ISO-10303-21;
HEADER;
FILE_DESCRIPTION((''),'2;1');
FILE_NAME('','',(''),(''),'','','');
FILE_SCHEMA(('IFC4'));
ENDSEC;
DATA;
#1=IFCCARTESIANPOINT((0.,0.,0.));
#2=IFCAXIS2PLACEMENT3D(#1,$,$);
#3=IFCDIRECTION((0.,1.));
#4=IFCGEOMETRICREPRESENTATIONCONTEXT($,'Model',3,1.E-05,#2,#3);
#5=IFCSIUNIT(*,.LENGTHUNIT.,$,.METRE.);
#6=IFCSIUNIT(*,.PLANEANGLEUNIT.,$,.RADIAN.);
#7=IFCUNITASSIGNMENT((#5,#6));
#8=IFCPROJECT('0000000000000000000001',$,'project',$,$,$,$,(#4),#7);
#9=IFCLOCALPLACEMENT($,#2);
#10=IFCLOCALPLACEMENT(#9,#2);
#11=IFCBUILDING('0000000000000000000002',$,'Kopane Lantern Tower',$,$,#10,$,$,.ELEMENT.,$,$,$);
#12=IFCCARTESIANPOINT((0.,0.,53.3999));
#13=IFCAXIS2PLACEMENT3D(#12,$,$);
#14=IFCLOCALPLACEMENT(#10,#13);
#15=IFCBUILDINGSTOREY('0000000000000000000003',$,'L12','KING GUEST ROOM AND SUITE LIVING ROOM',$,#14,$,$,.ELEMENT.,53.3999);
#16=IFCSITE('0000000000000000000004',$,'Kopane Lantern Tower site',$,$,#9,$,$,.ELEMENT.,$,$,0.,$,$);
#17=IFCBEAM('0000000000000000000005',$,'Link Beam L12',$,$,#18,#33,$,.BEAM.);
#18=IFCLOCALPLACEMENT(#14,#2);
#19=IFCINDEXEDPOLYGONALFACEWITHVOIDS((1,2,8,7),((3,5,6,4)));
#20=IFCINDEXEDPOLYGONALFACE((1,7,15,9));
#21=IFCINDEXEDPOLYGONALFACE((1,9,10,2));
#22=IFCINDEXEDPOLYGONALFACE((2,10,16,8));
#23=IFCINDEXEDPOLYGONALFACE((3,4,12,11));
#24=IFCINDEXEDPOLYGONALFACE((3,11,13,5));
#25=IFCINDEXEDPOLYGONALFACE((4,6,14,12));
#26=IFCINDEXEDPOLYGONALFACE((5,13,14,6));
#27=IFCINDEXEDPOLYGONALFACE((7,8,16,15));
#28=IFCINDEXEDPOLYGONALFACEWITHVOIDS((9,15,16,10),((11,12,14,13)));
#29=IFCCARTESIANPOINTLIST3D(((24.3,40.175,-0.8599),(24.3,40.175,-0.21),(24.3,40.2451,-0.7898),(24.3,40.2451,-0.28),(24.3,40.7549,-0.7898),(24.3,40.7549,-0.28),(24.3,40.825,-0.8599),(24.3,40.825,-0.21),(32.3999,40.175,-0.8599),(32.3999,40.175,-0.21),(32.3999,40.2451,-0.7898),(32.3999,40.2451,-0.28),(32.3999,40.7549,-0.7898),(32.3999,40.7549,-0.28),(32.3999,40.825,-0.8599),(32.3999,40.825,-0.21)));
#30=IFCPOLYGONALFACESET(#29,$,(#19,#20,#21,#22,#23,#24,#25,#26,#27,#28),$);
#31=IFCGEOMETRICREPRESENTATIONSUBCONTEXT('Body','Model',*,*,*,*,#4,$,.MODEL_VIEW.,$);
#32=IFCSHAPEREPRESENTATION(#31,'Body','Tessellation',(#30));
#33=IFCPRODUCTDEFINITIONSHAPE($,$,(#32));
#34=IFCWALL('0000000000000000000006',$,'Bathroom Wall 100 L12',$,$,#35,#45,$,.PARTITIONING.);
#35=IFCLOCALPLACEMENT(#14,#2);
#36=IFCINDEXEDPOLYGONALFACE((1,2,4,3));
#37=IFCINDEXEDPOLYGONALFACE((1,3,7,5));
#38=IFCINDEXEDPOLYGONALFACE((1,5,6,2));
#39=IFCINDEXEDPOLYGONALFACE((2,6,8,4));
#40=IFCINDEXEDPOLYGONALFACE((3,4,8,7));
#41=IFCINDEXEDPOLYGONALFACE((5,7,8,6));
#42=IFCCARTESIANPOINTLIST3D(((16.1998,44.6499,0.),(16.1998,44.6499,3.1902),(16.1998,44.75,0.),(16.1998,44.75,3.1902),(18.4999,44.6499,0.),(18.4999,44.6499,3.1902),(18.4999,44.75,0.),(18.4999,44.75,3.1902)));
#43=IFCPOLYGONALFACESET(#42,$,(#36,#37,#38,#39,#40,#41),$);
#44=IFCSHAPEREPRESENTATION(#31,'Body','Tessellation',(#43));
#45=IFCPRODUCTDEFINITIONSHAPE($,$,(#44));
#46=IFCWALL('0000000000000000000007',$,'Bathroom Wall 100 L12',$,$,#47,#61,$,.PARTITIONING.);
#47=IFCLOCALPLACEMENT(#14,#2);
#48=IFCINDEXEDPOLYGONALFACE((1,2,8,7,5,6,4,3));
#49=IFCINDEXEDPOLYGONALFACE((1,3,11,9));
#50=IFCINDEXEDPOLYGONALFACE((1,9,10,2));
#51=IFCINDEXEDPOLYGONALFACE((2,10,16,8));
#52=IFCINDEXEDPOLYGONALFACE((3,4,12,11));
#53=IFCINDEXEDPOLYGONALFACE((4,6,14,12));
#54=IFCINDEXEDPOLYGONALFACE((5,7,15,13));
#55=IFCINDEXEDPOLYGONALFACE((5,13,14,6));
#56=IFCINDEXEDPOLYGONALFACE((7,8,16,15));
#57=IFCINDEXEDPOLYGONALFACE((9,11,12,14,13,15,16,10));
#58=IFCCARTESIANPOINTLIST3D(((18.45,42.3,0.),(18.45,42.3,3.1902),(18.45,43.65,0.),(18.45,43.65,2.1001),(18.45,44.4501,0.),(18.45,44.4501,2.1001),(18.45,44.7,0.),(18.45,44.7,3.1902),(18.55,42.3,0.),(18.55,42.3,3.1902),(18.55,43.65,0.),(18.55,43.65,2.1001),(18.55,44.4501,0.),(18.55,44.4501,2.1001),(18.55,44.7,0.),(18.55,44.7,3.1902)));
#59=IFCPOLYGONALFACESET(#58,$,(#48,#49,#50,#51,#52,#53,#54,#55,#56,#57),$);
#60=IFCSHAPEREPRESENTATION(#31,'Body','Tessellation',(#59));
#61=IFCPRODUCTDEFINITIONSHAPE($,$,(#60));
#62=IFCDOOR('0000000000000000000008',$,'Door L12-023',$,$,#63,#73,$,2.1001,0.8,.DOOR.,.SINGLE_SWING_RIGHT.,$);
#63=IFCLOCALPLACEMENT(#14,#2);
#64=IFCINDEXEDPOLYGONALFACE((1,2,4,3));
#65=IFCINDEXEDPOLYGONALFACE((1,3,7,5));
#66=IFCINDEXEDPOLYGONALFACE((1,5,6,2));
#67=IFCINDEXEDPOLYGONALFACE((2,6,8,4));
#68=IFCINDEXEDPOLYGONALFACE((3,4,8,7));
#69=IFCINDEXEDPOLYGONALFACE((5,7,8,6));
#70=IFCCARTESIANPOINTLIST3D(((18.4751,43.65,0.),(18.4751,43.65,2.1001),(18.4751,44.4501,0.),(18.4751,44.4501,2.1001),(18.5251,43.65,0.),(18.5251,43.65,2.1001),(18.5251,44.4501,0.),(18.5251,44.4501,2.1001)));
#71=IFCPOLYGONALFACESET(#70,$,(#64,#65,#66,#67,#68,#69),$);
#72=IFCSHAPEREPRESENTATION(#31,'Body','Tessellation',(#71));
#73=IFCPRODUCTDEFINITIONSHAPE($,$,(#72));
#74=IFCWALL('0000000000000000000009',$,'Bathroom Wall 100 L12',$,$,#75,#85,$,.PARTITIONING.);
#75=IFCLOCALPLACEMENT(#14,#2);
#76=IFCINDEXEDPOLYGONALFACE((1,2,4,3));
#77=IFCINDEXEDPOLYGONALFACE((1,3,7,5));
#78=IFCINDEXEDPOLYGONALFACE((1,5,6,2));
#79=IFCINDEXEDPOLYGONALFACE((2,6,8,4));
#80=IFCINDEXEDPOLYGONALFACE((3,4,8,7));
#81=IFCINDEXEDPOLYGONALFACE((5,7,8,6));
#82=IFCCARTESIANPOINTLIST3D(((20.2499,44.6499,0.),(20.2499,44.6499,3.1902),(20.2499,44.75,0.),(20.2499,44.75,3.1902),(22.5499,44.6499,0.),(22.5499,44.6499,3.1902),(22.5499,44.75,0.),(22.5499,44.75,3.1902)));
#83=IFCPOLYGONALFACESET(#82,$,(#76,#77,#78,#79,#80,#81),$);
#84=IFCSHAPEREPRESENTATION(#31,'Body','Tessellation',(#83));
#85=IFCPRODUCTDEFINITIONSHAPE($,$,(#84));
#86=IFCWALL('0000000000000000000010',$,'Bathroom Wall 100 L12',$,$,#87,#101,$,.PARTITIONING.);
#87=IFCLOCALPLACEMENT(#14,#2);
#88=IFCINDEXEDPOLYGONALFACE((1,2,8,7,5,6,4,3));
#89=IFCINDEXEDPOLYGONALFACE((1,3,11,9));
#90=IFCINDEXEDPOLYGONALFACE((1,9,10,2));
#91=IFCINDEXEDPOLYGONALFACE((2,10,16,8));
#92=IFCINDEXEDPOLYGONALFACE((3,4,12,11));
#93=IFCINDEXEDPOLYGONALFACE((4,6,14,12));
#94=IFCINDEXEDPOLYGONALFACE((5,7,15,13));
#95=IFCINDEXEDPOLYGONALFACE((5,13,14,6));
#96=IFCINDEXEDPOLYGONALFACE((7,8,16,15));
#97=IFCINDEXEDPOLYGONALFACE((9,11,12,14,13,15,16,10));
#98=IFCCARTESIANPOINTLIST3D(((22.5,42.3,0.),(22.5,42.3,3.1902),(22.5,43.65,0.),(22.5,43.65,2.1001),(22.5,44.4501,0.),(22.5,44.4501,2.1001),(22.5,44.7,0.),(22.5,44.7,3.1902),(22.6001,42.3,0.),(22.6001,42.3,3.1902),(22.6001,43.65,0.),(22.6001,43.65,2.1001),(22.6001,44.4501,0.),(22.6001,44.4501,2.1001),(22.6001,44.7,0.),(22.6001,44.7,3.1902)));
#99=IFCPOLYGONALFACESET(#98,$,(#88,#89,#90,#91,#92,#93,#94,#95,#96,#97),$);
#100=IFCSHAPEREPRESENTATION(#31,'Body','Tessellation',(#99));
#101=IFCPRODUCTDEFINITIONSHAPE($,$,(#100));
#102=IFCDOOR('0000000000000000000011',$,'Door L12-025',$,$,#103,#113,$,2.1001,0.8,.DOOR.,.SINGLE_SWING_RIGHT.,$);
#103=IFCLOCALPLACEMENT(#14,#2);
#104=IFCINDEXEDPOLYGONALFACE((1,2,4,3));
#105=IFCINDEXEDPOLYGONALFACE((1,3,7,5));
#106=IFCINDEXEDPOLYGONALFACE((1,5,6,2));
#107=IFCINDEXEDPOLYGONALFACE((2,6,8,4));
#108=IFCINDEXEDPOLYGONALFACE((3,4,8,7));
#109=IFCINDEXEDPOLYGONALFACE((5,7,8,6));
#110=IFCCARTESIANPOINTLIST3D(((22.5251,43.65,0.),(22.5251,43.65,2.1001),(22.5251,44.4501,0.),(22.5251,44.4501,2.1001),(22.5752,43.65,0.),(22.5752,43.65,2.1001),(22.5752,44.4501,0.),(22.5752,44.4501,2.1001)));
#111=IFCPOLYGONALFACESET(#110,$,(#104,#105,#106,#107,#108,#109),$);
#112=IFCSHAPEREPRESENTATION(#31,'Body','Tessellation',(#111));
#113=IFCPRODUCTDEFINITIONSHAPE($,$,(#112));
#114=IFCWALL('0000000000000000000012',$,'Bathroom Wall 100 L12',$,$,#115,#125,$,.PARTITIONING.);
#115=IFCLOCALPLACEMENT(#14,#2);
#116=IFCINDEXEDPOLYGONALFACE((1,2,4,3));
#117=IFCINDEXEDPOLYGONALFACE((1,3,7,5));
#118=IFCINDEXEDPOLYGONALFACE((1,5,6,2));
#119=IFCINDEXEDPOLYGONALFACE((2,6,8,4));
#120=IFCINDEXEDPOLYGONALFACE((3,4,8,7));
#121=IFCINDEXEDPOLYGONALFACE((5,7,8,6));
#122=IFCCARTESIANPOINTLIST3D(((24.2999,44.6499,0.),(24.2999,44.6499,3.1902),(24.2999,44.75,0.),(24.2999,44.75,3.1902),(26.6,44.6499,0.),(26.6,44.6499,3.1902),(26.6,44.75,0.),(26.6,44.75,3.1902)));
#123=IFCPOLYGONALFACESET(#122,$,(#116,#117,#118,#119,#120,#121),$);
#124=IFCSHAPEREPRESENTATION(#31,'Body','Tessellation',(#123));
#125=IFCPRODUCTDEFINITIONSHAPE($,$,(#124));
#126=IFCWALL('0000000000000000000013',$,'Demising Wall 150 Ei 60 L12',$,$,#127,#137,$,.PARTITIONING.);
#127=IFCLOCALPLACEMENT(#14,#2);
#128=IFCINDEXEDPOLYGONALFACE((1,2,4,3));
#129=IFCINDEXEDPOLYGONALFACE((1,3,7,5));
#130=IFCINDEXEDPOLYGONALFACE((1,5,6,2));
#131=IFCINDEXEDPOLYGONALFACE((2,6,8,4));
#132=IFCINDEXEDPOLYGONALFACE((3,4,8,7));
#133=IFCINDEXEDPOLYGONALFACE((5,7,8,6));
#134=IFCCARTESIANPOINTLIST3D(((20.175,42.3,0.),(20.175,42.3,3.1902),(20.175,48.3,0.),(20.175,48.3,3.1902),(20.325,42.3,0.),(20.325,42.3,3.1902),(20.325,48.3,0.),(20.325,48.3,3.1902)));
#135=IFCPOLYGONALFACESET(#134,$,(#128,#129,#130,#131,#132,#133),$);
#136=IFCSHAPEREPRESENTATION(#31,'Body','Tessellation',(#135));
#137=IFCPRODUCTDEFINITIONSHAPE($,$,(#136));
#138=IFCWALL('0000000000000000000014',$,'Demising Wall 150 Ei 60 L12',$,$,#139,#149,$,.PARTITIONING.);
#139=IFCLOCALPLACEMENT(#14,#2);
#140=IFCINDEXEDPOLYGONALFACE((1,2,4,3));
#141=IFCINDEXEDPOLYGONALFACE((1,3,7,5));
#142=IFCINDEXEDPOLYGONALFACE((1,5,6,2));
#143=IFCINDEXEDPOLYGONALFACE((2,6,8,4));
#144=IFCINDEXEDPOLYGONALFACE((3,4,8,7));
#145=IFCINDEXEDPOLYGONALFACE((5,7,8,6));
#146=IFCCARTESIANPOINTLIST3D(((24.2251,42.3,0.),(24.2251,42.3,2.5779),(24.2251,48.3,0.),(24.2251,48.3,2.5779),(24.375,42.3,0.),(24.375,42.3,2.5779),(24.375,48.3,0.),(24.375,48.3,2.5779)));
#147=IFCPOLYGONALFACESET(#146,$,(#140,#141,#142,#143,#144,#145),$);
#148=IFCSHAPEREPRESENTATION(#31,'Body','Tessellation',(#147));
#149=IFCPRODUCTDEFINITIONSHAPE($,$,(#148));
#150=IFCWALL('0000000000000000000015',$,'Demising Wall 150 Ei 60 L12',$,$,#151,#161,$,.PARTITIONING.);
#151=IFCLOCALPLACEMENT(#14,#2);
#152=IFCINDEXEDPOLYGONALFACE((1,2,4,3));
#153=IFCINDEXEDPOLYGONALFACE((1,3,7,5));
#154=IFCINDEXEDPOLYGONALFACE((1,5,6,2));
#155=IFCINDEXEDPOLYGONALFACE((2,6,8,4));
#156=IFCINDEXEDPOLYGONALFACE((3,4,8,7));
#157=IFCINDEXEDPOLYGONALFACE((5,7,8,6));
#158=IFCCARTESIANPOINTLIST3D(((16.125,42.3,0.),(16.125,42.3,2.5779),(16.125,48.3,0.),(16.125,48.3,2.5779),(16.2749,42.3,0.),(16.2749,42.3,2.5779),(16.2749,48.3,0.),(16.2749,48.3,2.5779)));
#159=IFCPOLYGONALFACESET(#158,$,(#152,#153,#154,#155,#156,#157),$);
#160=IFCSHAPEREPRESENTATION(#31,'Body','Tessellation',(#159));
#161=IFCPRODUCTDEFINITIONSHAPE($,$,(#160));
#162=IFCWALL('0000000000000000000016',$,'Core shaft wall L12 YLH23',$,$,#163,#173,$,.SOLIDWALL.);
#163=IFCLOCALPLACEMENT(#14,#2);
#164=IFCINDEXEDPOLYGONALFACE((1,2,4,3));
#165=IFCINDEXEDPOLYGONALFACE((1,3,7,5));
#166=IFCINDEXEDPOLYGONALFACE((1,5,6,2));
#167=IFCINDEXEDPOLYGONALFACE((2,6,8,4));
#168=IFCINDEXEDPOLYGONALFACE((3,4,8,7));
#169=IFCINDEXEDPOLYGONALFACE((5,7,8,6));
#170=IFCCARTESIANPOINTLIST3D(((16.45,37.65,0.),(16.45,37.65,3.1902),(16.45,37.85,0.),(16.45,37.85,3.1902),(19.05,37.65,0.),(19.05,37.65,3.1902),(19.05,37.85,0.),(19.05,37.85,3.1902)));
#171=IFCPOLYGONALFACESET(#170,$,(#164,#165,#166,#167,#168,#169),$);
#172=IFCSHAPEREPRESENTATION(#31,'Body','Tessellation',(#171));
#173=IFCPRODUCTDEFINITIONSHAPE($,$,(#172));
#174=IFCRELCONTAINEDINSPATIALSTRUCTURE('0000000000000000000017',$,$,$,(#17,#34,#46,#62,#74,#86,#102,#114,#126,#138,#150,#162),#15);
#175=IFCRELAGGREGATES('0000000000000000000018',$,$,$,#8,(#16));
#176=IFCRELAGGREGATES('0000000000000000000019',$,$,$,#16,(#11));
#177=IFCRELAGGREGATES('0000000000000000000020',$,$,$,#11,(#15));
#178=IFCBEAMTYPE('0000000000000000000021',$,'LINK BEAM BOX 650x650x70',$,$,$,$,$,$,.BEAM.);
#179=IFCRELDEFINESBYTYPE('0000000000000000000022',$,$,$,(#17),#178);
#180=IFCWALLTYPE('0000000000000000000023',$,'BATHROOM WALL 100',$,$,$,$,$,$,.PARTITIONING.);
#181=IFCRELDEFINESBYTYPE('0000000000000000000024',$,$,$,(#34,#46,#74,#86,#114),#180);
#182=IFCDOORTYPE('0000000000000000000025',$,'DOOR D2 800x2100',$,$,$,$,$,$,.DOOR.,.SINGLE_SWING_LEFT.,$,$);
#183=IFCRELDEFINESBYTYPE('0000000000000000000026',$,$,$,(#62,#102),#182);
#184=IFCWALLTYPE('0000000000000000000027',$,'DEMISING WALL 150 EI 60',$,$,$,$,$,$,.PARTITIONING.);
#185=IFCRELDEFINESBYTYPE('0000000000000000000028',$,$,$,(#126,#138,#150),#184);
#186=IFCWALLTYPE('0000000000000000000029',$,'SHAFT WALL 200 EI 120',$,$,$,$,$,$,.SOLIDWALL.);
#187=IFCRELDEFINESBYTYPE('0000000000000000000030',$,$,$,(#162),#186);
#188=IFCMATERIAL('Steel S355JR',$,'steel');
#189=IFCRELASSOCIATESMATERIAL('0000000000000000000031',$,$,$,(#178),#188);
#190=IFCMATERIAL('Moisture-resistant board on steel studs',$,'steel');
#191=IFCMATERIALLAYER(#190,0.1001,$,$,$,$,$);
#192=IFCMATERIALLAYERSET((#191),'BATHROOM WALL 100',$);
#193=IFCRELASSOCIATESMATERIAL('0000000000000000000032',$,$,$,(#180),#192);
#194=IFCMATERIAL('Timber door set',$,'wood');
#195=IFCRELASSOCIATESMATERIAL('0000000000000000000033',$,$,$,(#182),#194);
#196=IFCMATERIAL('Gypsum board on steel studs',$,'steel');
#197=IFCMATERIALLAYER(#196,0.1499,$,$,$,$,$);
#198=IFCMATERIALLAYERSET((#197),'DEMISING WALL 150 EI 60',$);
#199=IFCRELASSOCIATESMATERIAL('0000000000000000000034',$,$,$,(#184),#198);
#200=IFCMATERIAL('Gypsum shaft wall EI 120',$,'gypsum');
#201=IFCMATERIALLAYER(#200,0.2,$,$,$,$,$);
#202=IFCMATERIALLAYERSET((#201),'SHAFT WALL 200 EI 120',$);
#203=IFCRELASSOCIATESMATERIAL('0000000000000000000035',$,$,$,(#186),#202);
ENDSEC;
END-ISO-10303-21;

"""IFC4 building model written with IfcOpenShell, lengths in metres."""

from ifc_helpers import new_model, si_unit, direction, frame, frame_2d, origin, origin_2d, place, context, subcontext, project, spatial, rectangle, hollow_rectangle, extrude, material, layer, layer_set, material_profile, profile_set, type_object, element, fill, save


model = new_model("IFC4")

# Units and contexts
model_context = context("Model", 3, precision=1e-05, world=origin(), true_north=direction((0.0, 1.0)))
body_context = subcontext(model_context, "Body", "Model", "MODEL_VIEW")
ifc_project = project(units=[si_unit("LENGTHUNIT", "METRE"), si_unit("PLANEANGLEUNIT", "RADIAN")], contexts=[model_context])

# Site, building, storey
site_placement = place(None, origin())
site = spatial("IfcSite", under=ifc_project, at=site_placement, Name="Kopane Lantern Tower site", CompositionType="ELEMENT", RefElevation=0.0)
building_placement = place(site_placement, origin())
building = spatial("IfcBuilding", under=site, at=building_placement, Name="Kopane Lantern Tower", CompositionType="ELEMENT")
storey_placement = place(building_placement, frame((0.0, 0.0, 53.3999)))
storey = spatial("IfcBuildingStorey", under=building, at=storey_placement, Name="L12", Description="KING GUEST ROOM AND SUITE LIVING ROOM", CompositionType="ELEMENT", Elevation=53.3999)

# Beam
ifc_material_1 = material(Name="Steel S355JR", Category="steel")
ifc_material_profile_1 = material_profile(ifc_material_1, hollow_rectangle(XDim=0.6499, YDim=0.6499, WallThickness=0.0701, at=origin_2d()), Name="BOX 650x650x70")
ifc_profile_set_1 = profile_set([ifc_material_profile_1], Name="Steel S355JR")
beam_type_1 = type_object("IfcBeamType", Name="LINK BEAM BOX 650x650x70", PredefinedType="BEAM", material=ifc_profile_set_1)
beam_1_placement = place(storey_placement, frame((24.3, 40.5, -0.5349), z_axis=(1.0, 0.0, 0.0), x_axis=(0.0, 1.0, 0.0)))
element("IfcBeam", 1, at=beam_1_placement, inside=storey, type_object=beam_type_1, Name="Link Beam L12", PredefinedType="BEAM", context=body_context, shape_type="SweptSolid", body=[
    extrude(hollow_rectangle(XDim=0.6499, YDim=0.6499, WallThickness=0.0701, at=origin_2d()), origin(), (0.0, 0.0, 1.0), 8.0999),
])

# Wall
ifc_material_2 = material(Name="Moisture-resistant board on steel studs", Category="steel")
ifc_layer_1 = layer(ifc_material_2, 0.1001)
ifc_layer_set_1 = layer_set([ifc_layer_1], Name="BATHROOM WALL 100")
wall_type_1 = type_object("IfcWallType", Name="BATHROOM WALL 100", PredefinedType="PARTITIONING", material=ifc_layer_set_1)
wall_1_placement = place(storey_placement, frame((16.2, 44.7, 0.0), z_axis=(0.0, 0.0, 1.0), x_axis=(1.0, 0.0, 0.0)))
element("IfcWall", 2, at=wall_1_placement, inside=storey, type_object=wall_type_1, Name="Bathroom Wall 100 L12", PredefinedType="PARTITIONING", context=body_context, shape_type="SweptSolid", body=[
    extrude(rectangle(XDim=2.3, YDim=0.1001, at=frame_2d((1.1499, 0.0))), origin(), (0.0, 0.0, 1.0), 3.1902),
])

# Wall, opening, door
wall_2_placement = place(storey_placement, frame((18.5, 42.3, 0.0), z_axis=(0.0, 0.0, 1.0), x_axis=(0.0, 1.0, 0.0)))
wall_2 = element("IfcWall", 3, at=wall_2_placement, inside=storey, type_object=wall_type_1, Name="Bathroom Wall 100 L12", PredefinedType="PARTITIONING", context=body_context, shape_type="SweptSolid", body=[
    extrude(rectangle(XDim=2.3999, YDim=0.1001, at=frame_2d((1.2, 0.0))), origin(), (0.0, 0.0, 1.0), 3.1902),
])
opening_1_placement = place(wall_2_placement, frame((1.3501, 0.0, 0.0)))
opening_1 = element("IfcOpeningElement", 4, at=opening_1_placement, cuts=wall_2, PredefinedType="OPENING", context=body_context, shape_type="SweptSolid", body=[
    extrude(rectangle(XDim=0.8, YDim=2.1001, at=frame_2d((0.3999, 1.05))), frame((0.0, 0.0601, 0.0), z_axis=(0.0, -1.0, 0.0), x_axis=(1.0, 0.0, 0.0)), (0.0, 0.0, 1.0), 0.1201),
])
ifc_material_3 = material(Name="Timber door set", Category="wood")
door_type = type_object("IfcDoorType", Name="DOOR D2 800x2100", OperationType="SINGLE_SWING_LEFT", PredefinedType="DOOR", material=ifc_material_3)
door_1_placement = place(opening_1_placement, origin())
door_1 = element("IfcDoor", 5, at=door_1_placement, inside=storey, type_object=door_type, Name="Door L12-023", OperationType="SINGLE_SWING_RIGHT", OverallHeight=2.1001, OverallWidth=0.8, PredefinedType="DOOR", context=body_context, shape_type="SweptSolid", body=[
    extrude(rectangle(XDim=0.8, YDim=2.1001, at=frame_2d((0.3999, 1.05))), frame((0.0, 0.0249, 0.0), z_axis=(0.0, -1.0, 0.0), x_axis=(1.0, 0.0, 0.0)), (0.0, 0.0, 1.0), 0.05),
])
fill(opening_1, door_1)

# Wall
wall_3_placement = place(storey_placement, frame((20.25, 44.7, 0.0), z_axis=(0.0, 0.0, 1.0), x_axis=(1.0, 0.0, 0.0)))
element("IfcWall", 6, at=wall_3_placement, inside=storey, type_object=wall_type_1, Name="Bathroom Wall 100 L12", PredefinedType="PARTITIONING", context=body_context, shape_type="SweptSolid", body=[
    extrude(rectangle(XDim=2.3, YDim=0.1001, at=frame_2d((1.1499, 0.0))), origin(), (0.0, 0.0, 1.0), 3.1902),
])

# Wall, opening, door
wall_4_placement = place(storey_placement, frame((22.55, 42.3, 0.0), z_axis=(0.0, 0.0, 1.0), x_axis=(0.0, 1.0, 0.0)))
wall_4 = element("IfcWall", 7, at=wall_4_placement, inside=storey, type_object=wall_type_1, Name="Bathroom Wall 100 L12", PredefinedType="PARTITIONING", context=body_context, shape_type="SweptSolid", body=[
    extrude(rectangle(XDim=2.3999, YDim=0.1001, at=frame_2d((1.2, 0.0))), origin(), (0.0, 0.0, 1.0), 3.1902),
])
opening_2_placement = place(wall_4_placement, frame((1.3501, 0.0, 0.0)))
opening_2 = element("IfcOpeningElement", 8, at=opening_2_placement, cuts=wall_4, PredefinedType="OPENING", context=body_context, shape_type="SweptSolid", body=[
    extrude(rectangle(XDim=0.8, YDim=2.1001, at=frame_2d((0.3999, 1.05))), frame((0.0, 0.0601, 0.0), z_axis=(0.0, -1.0, 0.0), x_axis=(1.0, 0.0, 0.0)), (0.0, 0.0, 1.0), 0.1201),
])
door_2_placement = place(opening_2_placement, origin())
door_2 = element("IfcDoor", 9, at=door_2_placement, inside=storey, type_object=door_type, Name="Door L12-025", OperationType="SINGLE_SWING_RIGHT", OverallHeight=2.1001, OverallWidth=0.8, PredefinedType="DOOR", context=body_context, shape_type="SweptSolid", body=[
    extrude(rectangle(XDim=0.8, YDim=2.1001, at=frame_2d((0.3999, 1.05))), frame((0.0, 0.0249, 0.0), z_axis=(0.0, -1.0, 0.0), x_axis=(1.0, 0.0, 0.0)), (0.0, 0.0, 1.0), 0.05),
])
fill(opening_2, door_2)

# Walls
wall_5_placement = place(storey_placement, frame((24.3, 44.7, 0.0), z_axis=(0.0, 0.0, 1.0), x_axis=(1.0, 0.0, 0.0)))
element("IfcWall", 10, at=wall_5_placement, inside=storey, type_object=wall_type_1, Name="Bathroom Wall 100 L12", PredefinedType="PARTITIONING", context=body_context, shape_type="SweptSolid", body=[
    extrude(rectangle(XDim=2.3, YDim=0.1001, at=frame_2d((1.1499, 0.0))), origin(), (0.0, 0.0, 1.0), 3.1902),
])
ifc_material_4 = material(Name="Gypsum board on steel studs", Category="steel")
ifc_layer_2 = layer(ifc_material_4, 0.1499)
ifc_layer_set_2 = layer_set([ifc_layer_2], Name="DEMISING WALL 150 EI 60")
wall_type_2 = type_object("IfcWallType", Name="DEMISING WALL 150 EI 60", PredefinedType="PARTITIONING", material=ifc_layer_set_2)
wall_6_placement = place(storey_placement, frame((20.25, 42.3, 0.0), z_axis=(0.0, 0.0, 1.0), x_axis=(0.0, 1.0, 0.0)))
element("IfcWall", 11, at=wall_6_placement, inside=storey, type_object=wall_type_2, Name="Demising Wall 150 Ei 60 L12", PredefinedType="PARTITIONING", context=body_context, shape_type="SweptSolid", body=[
    extrude(rectangle(XDim=6.0, YDim=0.1499, at=frame_2d((3.0, 0.0))), origin(), (0.0, 0.0, 1.0), 3.1902),
])
for number, where, z_axis, x_axis, name in (
    (12, (24.3, 42.3, 0.0), (0.0, 0.0, 1.0), (0.0, 1.0, 0.0), "Demising Wall 150 Ei 60 L12"),
    (13, (16.2, 42.3, 0.0), (0.0, 0.0, 1.0), (0.0, 1.0, 0.0), "Demising Wall 150 Ei 60 L12"),
):
    element("IfcWall", number, at=place(storey_placement, frame(where, z_axis=z_axis, x_axis=x_axis)), inside=storey, type_object=wall_type_2, Name=name, PredefinedType="PARTITIONING", context=body_context, shape_type="SweptSolid", body=[
        extrude(rectangle(XDim=6.0, YDim=0.1499, at=frame_2d((3.0, 0.0))), origin(), (0.0, 0.0, 1.0), 2.5779),
    ])
ifc_material_5 = material(Name="Gypsum shaft wall EI 120", Category="gypsum")
ifc_layer_3 = layer(ifc_material_5, 0.2)
ifc_layer_set_3 = layer_set([ifc_layer_3], Name="SHAFT WALL 200 EI 120")
wall_type_3 = type_object("IfcWallType", Name="SHAFT WALL 200 EI 120", PredefinedType="SOLIDWALL", material=ifc_layer_set_3)
wall_7_placement = place(storey_placement, frame((16.45, 37.75, 0.0), z_axis=(0.0, 0.0, 1.0), x_axis=(1.0, 0.0, 0.0)))
element("IfcWall", 14, at=wall_7_placement, inside=storey, type_object=wall_type_3, Name="Core shaft wall L12 YLH23", PredefinedType="SOLIDWALL", context=body_context, shape_type="SweptSolid", body=[
    extrude(rectangle(XDim=2.6001, YDim=0.2, at=frame_2d((1.3, 0.0))), origin(), (0.0, 0.0, 1.0), 3.1902),
])

save(model, "model.ifc")
